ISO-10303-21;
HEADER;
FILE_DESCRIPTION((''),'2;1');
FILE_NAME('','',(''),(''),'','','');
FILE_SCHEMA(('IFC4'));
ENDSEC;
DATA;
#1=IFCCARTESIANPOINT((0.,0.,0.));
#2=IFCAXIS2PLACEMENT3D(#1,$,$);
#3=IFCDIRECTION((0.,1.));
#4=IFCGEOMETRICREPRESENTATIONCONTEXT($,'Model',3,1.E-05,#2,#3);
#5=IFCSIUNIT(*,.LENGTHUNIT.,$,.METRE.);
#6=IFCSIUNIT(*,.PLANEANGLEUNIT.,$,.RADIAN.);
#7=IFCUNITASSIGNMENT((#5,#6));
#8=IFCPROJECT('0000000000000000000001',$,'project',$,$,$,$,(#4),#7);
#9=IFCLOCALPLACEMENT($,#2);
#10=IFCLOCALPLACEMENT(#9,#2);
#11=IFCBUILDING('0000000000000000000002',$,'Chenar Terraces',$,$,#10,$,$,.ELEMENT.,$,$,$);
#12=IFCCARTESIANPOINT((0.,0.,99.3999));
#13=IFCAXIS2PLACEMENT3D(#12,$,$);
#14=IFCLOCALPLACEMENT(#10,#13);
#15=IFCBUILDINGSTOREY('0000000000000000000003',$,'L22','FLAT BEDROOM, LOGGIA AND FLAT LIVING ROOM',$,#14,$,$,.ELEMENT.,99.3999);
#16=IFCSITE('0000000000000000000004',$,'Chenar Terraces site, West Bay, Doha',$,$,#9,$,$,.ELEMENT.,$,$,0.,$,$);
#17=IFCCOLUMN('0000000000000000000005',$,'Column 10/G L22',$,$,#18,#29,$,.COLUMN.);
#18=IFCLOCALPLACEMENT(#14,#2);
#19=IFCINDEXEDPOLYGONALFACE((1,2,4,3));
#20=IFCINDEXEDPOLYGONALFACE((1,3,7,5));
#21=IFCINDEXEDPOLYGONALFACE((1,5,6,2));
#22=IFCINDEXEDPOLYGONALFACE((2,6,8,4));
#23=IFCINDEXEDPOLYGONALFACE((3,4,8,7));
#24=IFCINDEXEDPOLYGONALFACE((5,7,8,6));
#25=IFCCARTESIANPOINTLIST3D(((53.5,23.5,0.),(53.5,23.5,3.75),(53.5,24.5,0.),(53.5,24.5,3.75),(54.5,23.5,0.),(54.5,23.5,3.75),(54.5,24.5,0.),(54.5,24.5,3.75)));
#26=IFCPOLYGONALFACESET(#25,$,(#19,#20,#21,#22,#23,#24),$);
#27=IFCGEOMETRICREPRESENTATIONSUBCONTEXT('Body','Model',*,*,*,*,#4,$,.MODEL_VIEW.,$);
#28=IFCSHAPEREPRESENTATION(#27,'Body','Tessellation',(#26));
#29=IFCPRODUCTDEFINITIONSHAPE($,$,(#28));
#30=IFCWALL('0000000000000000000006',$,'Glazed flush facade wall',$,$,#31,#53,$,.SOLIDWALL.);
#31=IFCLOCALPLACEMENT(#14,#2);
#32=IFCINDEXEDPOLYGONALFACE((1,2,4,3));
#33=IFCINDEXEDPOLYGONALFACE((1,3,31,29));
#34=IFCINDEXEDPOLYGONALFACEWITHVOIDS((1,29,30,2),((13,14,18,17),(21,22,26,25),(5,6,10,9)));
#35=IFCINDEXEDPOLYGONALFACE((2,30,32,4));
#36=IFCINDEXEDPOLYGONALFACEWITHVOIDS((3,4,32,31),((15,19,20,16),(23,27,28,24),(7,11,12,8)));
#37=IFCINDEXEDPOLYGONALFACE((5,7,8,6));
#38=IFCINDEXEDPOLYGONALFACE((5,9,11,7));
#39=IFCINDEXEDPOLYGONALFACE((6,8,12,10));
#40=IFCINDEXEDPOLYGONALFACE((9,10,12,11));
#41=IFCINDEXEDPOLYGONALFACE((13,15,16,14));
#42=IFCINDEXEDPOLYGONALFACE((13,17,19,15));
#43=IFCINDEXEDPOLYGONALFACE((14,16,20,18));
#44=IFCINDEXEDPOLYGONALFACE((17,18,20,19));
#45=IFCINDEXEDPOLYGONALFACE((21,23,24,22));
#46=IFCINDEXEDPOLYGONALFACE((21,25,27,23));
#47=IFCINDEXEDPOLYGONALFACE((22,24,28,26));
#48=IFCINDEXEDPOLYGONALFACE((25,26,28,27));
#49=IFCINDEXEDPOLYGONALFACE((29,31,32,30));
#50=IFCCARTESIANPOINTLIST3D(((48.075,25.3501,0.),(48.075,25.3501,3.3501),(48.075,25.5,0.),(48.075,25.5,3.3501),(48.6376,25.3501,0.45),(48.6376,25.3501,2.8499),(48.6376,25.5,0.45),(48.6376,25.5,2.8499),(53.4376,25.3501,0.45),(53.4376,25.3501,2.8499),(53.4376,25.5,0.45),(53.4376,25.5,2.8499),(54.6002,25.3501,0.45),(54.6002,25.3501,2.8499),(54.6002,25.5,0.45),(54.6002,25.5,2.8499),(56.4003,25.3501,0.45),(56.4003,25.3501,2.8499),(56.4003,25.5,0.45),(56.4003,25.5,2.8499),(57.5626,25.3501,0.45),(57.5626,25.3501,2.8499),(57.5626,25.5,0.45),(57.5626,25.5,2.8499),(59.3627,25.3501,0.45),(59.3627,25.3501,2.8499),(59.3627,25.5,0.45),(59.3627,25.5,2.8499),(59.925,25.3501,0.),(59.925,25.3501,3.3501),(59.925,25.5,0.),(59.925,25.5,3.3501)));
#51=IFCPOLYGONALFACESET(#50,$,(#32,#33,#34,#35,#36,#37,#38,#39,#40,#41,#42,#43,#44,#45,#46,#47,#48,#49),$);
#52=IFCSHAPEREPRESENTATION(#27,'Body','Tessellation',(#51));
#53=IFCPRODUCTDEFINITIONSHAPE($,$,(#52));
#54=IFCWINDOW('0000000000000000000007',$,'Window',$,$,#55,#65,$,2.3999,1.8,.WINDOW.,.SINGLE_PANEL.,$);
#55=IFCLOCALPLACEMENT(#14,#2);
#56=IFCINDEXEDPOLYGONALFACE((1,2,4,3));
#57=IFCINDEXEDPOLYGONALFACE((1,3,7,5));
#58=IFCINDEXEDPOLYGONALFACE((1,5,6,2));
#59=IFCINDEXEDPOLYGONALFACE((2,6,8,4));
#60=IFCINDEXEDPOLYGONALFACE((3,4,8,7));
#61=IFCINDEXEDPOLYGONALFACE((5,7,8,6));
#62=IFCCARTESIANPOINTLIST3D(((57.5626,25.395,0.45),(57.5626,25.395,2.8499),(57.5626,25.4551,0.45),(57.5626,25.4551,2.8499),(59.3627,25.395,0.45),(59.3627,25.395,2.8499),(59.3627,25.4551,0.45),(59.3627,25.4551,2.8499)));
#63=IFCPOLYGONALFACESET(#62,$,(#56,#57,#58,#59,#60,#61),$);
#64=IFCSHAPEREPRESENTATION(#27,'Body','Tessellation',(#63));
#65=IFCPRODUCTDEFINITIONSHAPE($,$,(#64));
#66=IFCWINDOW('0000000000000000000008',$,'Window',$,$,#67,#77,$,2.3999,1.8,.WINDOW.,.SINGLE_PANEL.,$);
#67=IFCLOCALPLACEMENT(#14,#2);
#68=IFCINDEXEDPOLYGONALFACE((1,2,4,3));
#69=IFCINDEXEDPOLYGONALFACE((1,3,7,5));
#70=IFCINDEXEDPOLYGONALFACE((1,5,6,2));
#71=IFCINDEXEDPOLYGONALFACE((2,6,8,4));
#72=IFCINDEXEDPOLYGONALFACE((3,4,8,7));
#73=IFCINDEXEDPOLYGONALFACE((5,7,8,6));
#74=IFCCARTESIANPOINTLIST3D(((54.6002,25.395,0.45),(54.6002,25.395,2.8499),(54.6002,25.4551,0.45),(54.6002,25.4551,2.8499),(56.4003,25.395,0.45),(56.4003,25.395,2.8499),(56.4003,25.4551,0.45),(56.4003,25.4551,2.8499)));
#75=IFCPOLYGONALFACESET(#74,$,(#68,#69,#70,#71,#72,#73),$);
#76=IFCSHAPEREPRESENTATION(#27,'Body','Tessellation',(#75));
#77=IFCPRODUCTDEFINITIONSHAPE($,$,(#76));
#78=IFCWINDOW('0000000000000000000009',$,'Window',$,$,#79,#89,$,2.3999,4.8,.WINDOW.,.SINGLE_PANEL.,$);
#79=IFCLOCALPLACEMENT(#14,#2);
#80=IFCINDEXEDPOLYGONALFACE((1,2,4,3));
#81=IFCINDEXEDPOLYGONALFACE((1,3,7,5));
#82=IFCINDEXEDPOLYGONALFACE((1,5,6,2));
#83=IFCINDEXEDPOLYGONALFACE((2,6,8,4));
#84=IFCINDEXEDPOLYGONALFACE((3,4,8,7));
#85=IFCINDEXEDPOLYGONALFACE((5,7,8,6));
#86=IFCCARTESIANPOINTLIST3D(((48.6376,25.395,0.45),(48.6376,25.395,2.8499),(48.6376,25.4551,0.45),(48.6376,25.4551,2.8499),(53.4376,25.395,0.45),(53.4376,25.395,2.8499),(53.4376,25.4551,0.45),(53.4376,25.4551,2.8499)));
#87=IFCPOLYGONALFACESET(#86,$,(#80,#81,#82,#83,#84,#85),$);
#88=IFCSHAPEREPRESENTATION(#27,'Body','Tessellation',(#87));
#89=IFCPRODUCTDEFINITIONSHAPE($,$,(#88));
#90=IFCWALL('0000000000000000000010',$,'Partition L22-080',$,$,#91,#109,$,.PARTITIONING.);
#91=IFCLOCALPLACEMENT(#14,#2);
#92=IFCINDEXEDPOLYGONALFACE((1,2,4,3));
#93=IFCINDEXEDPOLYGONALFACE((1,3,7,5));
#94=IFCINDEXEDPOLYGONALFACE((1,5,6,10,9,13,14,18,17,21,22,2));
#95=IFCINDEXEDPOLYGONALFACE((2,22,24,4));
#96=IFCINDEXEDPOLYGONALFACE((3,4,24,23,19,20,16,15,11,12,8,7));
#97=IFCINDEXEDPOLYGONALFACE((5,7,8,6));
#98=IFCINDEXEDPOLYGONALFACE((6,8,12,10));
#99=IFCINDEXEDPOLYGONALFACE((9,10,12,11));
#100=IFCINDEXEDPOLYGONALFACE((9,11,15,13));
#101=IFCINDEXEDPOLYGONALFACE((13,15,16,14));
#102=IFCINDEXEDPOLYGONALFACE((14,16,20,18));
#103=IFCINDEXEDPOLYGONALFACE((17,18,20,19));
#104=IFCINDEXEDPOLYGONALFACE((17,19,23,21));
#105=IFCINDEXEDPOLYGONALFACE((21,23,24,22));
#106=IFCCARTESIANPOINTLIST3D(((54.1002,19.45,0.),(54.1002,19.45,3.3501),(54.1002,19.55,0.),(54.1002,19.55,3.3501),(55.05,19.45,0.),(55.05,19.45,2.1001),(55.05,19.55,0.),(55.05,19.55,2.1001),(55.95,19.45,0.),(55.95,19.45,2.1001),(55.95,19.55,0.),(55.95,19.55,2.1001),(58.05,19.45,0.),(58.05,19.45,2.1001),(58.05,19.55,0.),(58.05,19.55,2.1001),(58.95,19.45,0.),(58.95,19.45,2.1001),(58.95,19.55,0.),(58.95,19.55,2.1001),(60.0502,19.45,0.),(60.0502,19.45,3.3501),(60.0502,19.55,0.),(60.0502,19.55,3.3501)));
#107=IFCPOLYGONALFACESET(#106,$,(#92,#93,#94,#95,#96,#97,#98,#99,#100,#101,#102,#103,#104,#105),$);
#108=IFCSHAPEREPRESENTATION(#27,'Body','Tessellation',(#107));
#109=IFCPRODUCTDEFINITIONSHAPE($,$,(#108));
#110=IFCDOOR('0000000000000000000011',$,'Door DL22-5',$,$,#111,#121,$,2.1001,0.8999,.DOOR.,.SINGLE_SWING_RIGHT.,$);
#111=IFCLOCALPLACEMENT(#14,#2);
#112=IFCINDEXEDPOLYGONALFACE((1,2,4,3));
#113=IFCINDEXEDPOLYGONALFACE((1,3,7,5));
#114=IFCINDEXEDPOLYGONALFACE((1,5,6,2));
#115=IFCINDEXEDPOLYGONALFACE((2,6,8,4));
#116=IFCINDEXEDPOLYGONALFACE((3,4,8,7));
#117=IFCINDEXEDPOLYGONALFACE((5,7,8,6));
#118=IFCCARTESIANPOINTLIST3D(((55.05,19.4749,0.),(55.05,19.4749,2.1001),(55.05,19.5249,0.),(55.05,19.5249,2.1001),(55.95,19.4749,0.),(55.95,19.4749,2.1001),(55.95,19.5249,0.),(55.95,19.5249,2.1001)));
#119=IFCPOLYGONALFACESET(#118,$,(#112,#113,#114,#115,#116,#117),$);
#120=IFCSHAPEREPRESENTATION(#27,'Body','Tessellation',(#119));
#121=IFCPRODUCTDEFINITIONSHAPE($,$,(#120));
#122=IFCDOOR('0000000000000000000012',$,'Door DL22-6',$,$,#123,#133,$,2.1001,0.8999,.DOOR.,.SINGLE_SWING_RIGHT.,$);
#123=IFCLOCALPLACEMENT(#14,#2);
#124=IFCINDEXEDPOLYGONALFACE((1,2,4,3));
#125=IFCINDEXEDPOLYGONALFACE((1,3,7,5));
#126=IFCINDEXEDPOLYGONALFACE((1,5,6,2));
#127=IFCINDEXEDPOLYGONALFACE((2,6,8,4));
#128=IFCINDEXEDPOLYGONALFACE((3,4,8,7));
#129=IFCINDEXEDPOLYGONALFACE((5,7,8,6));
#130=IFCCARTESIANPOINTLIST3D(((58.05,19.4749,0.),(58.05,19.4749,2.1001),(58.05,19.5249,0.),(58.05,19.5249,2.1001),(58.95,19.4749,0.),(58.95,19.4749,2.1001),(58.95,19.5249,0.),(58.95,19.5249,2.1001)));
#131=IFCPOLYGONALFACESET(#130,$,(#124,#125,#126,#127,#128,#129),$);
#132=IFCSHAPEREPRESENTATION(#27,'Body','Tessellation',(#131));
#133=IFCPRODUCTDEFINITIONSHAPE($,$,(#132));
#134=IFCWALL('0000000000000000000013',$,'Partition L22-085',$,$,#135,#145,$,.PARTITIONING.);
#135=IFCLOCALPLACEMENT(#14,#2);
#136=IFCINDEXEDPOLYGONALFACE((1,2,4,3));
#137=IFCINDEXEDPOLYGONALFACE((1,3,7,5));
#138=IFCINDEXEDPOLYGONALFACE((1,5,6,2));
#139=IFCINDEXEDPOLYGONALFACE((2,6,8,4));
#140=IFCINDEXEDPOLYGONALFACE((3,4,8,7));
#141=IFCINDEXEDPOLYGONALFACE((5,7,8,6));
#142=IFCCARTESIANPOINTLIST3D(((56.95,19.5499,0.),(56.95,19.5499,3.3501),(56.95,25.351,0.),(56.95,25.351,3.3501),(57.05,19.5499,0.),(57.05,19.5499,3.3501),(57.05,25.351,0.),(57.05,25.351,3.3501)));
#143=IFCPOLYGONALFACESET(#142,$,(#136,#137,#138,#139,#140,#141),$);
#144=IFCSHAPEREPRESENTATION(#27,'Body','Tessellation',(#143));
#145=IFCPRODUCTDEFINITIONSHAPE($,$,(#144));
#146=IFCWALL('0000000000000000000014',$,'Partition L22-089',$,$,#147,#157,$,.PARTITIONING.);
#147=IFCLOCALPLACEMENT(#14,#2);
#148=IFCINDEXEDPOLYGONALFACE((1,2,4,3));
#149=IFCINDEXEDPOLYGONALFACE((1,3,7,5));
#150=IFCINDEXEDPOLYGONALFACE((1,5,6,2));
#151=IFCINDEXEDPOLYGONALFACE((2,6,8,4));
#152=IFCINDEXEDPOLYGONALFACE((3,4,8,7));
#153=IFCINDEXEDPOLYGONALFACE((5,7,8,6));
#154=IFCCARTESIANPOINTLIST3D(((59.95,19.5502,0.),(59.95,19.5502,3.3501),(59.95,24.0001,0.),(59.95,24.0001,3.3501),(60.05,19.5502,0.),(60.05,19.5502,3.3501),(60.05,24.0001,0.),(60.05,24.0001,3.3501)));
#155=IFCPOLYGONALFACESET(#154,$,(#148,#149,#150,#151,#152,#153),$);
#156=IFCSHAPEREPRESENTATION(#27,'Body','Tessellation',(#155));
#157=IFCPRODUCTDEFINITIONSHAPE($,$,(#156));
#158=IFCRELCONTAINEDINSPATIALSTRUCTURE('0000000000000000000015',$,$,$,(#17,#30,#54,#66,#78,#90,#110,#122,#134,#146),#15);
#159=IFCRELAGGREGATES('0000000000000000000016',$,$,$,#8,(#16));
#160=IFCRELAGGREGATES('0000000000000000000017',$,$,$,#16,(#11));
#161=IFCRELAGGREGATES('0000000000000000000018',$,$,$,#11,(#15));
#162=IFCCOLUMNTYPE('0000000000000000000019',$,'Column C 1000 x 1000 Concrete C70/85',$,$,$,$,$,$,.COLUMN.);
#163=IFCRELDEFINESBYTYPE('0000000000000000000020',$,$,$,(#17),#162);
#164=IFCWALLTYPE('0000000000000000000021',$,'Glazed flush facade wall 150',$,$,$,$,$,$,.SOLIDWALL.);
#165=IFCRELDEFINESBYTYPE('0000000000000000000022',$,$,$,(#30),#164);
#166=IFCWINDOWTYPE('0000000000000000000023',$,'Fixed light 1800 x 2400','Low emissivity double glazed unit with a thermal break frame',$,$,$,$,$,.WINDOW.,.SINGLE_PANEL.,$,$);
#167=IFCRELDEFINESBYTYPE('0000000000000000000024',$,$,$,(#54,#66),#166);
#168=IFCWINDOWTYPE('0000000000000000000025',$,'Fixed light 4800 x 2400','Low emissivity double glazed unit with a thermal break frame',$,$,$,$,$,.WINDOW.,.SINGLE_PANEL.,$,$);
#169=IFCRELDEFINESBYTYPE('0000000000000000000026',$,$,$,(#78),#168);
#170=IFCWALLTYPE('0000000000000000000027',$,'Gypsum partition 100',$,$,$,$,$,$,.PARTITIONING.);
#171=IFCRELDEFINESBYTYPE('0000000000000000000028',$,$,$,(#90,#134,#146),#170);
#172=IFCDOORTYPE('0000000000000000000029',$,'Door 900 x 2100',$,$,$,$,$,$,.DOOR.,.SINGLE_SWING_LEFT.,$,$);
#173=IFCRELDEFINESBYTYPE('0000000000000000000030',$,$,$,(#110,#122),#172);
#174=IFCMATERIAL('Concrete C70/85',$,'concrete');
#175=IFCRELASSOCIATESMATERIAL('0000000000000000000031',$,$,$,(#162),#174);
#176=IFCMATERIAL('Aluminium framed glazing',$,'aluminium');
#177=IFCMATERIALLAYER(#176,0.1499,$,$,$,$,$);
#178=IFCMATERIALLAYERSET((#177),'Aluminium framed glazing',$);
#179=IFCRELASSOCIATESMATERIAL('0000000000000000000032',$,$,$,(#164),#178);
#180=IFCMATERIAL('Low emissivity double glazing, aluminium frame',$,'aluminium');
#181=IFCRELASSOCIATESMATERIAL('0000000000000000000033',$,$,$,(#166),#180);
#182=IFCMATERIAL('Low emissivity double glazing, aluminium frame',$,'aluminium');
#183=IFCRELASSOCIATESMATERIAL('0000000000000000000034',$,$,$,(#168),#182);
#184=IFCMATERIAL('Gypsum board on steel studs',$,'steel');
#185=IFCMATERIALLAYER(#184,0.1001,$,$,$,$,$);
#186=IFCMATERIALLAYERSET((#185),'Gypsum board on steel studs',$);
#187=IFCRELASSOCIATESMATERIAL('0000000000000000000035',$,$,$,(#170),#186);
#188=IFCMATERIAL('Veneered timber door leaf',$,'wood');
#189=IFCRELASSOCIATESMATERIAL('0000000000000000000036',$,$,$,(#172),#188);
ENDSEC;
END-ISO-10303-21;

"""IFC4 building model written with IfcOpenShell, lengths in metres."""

from ifc_helpers import new_model, si_unit, direction, frame, frame_2d, origin, origin_2d, place, context, subcontext, project, spatial, rectangle, extrude, material, layer, layer_set, material_profile, profile_set, type_object, element, fill, save


model = new_model("IFC4")

# Units and contexts
model_context = context("Model", 3, precision=1e-05, world=origin(), true_north=direction((0.0, 1.0)))
body_context = subcontext(model_context, "Body", "Model", "MODEL_VIEW")
ifc_project = project(units=[si_unit("LENGTHUNIT", "METRE"), si_unit("PLANEANGLEUNIT", "RADIAN")], contexts=[model_context])

# Site, building, storey
site_placement = place(None, origin())
site = spatial("IfcSite", under=ifc_project, at=site_placement, Name="Chenar Terraces site, West Bay, Doha", CompositionType="ELEMENT", RefElevation=0.0)
building_placement = place(site_placement, origin())
building = spatial("IfcBuilding", under=site, at=building_placement, Name="Chenar Terraces", CompositionType="ELEMENT")
storey_placement = place(building_placement, frame((0.0, 0.0, 99.3999)))
storey = spatial("IfcBuildingStorey", under=building, at=storey_placement, Name="L22", Description="FLAT BEDROOM, LOGGIA AND FLAT LIVING ROOM", CompositionType="ELEMENT", Elevation=99.3999)

# Column
ifc_material_1 = material(Name="Concrete C70/85", Category="concrete")
ifc_material_profile_1 = material_profile(ifc_material_1, rectangle(XDim=1.0, YDim=1.0, at=origin_2d()), Name="C 1000 x 1000")
ifc_profile_set_1 = profile_set([ifc_material_profile_1], Name="Concrete C70/85")
column_type = type_object("IfcColumnType", Name="Column C 1000 x 1000 Concrete C70/85", PredefinedType="COLUMN", material=ifc_profile_set_1)
column_placement = place(storey_placement, frame((54.0, 24.0, 0.0), z_axis=(0.0, 0.0, 1.0), x_axis=(1.0, 0.0, 0.0)))
element("IfcColumn", 1, at=column_placement, inside=storey, type_object=column_type, Name="Column 10/G L22", PredefinedType="COLUMN", context=body_context, shape_type="SweptSolid", body=[
    extrude(rectangle(XDim=1.0, YDim=1.0, at=origin_2d()), origin(), (0.0, 0.0, 1.0), 3.75),
])

# Wall, openings, windows
ifc_material_2 = material(Name="Aluminium framed glazing", Category="aluminium")
ifc_layer_1 = layer(ifc_material_2, 0.1499)
ifc_layer_set_1 = layer_set([ifc_layer_1], Name="Aluminium framed glazing")
wall_type_1 = type_object("IfcWallType", Name="Glazed flush facade wall 150", PredefinedType="SOLIDWALL", material=ifc_layer_set_1)
wall_1_placement = place(storey_placement, frame((59.925, 25.425, 0.0), z_axis=(0.0, 0.0, 1.0), x_axis=(-1.0, 0.0, 0.0)))
wall_1 = element("IfcWall", 2, at=wall_1_placement, inside=storey, type_object=wall_type_1, Name="Glazed flush facade wall", PredefinedType="SOLIDWALL", context=body_context, shape_type="SweptSolid", body=[
    extrude(rectangle(XDim=11.8501, YDim=0.1499, at=frame_2d((5.925, 0.0))), origin(), (0.0, 0.0, 1.0), 3.3501),
])
opening_1_placement = place(wall_1_placement, frame((0.5625, 0.0, 0.45)))
opening_1 = element("IfcOpeningElement", 3, at=opening_1_placement, cuts=wall_1, PredefinedType="OPENING", context=body_context, shape_type="SweptSolid", body=[
    extrude(rectangle(XDim=1.8, YDim=2.3999, at=frame_2d((0.8999, 1.2))), frame((0.0, 0.085, 0.0), z_axis=(0.0, -1.0, 0.0), x_axis=(1.0, 0.0, 0.0)), (0.0, 0.0, 1.0), 0.1699),
])
opening_2_placement = place(wall_1_placement, frame((3.5249, 0.0, 0.45)))
opening_2 = element("IfcOpeningElement", 4, at=opening_2_placement, cuts=wall_1, PredefinedType="OPENING", context=body_context, shape_type="SweptSolid", body=[
    extrude(rectangle(XDim=1.8, YDim=2.3999, at=frame_2d((0.8999, 1.2))), frame((0.0, 0.085, 0.0), z_axis=(0.0, -1.0, 0.0), x_axis=(1.0, 0.0, 0.0)), (0.0, 0.0, 1.0), 0.1699),
])
opening_3_placement = place(wall_1_placement, frame((6.4875, 0.0, 0.45)))
opening_3 = element("IfcOpeningElement", 5, at=opening_3_placement, cuts=wall_1, PredefinedType="OPENING", context=body_context, shape_type="SweptSolid", body=[
    extrude(rectangle(XDim=4.8, YDim=2.3999, at=frame_2d((2.3999, 1.2))), frame((0.0, 0.085, 0.0), z_axis=(0.0, -1.0, 0.0), x_axis=(1.0, 0.0, 0.0)), (0.0, 0.0, 1.0), 0.1699),
])
ifc_material_3 = material(Name="Low emissivity double glazing, aluminium frame", Category="aluminium")
window_type_1 = type_object("IfcWindowType", Name="Fixed light 1800 x 2400", Description="Low emissivity double glazed unit with a thermal break frame", PartitioningType="SINGLE_PANEL", PredefinedType="WINDOW", material=ifc_material_3)
window_1_placement = place(opening_1_placement, origin())
window_1 = element("IfcWindow", 6, at=window_1_placement, inside=storey, type_object=window_type_1, Name="Window", OverallHeight=2.3999, OverallWidth=1.8, PartitioningType="SINGLE_PANEL", PredefinedType="WINDOW", context=body_context, shape_type="SweptSolid", body=[
    extrude(rectangle(XDim=1.8, YDim=2.3999, at=frame_2d((0.8999, 1.2))), frame((0.0, 0.03, 0.0), z_axis=(0.0, -1.0, 0.0), x_axis=(1.0, 0.0, 0.0)), (0.0, 0.0, 1.0), 0.0601),
])
fill(opening_1, window_1)
window_2_placement = place(opening_2_placement, origin())
window_2 = element("IfcWindow", 7, at=window_2_placement, inside=storey, type_object=window_type_1, Name="Window", OverallHeight=2.3999, OverallWidth=1.8, PartitioningType="SINGLE_PANEL", PredefinedType="WINDOW", context=body_context, shape_type="SweptSolid", body=[
    extrude(rectangle(XDim=1.8, YDim=2.3999, at=frame_2d((0.8999, 1.2))), frame((0.0, 0.03, 0.0), z_axis=(0.0, -1.0, 0.0), x_axis=(1.0, 0.0, 0.0)), (0.0, 0.0, 1.0), 0.0601),
])
fill(opening_2, window_2)
ifc_material_4 = material(Name="Low emissivity double glazing, aluminium frame", Category="aluminium")
window_type_2 = type_object("IfcWindowType", Name="Fixed light 4800 x 2400", Description="Low emissivity double glazed unit with a thermal break frame", PartitioningType="SINGLE_PANEL", PredefinedType="WINDOW", material=ifc_material_4)
window_3_placement = place(opening_3_placement, origin())
window_3 = element("IfcWindow", 8, at=window_3_placement, inside=storey, type_object=window_type_2, Name="Window", OverallHeight=2.3999, OverallWidth=4.8, PartitioningType="SINGLE_PANEL", PredefinedType="WINDOW", context=body_context, shape_type="SweptSolid", body=[
    extrude(rectangle(XDim=4.8, YDim=2.3999, at=frame_2d((2.3999, 1.2))), frame((0.0, 0.03, 0.0), z_axis=(0.0, -1.0, 0.0), x_axis=(1.0, 0.0, 0.0)), (0.0, 0.0, 1.0), 0.0601),
])
fill(opening_3, window_3)

# Wall, openings, doors
ifc_material_5 = material(Name="Gypsum board on steel studs", Category="steel")
ifc_layer_2 = layer(ifc_material_5, 0.1001)
ifc_layer_set_2 = layer_set([ifc_layer_2], Name="Gypsum board on steel studs")
wall_type_2 = type_object("IfcWallType", Name="Gypsum partition 100", PredefinedType="PARTITIONING", material=ifc_layer_set_2)
wall_2_placement = place(storey_placement, frame((54.1001, 19.5, 0.0), z_axis=(0.0, 0.0, 1.0), x_axis=(1.0, 0.0, 0.0)))
wall_2 = element("IfcWall", 9, at=wall_2_placement, inside=storey, type_object=wall_type_2, Name="Partition L22-080", PredefinedType="PARTITIONING", context=body_context, shape_type="SweptSolid", body=[
    extrude(rectangle(XDim=5.95, YDim=0.1001, at=frame_2d((2.9751, 0.0))), origin(), (0.0, 0.0, 1.0), 3.3501),
])
opening_4_placement = place(wall_2_placement, frame((0.95, 0.0, 0.0)))
opening_4 = element("IfcOpeningElement", 10, at=opening_4_placement, cuts=wall_2, PredefinedType="OPENING", context=body_context, shape_type="SweptSolid", body=[
    extrude(rectangle(XDim=0.8999, YDim=2.1001, at=frame_2d((0.45, 1.05))), frame((0.0, 0.0601, 0.0), z_axis=(0.0, -1.0, 0.0), x_axis=(1.0, 0.0, 0.0)), (0.0, 0.0, 1.0), 0.1201),
])
opening_5_placement = place(wall_2_placement, frame((3.95, 0.0, 0.0)))
opening_5 = element("IfcOpeningElement", 11, at=opening_5_placement, cuts=wall_2, PredefinedType="OPENING", context=body_context, shape_type="SweptSolid", body=[
    extrude(rectangle(XDim=0.8999, YDim=2.1001, at=frame_2d((0.45, 1.05))), frame((0.0, 0.0601, 0.0), z_axis=(0.0, -1.0, 0.0), x_axis=(1.0, 0.0, 0.0)), (0.0, 0.0, 1.0), 0.1201),
])
ifc_material_6 = material(Name="Veneered timber door leaf", Category="wood")
door_type_1 = type_object("IfcDoorType", Name="Door 900 x 2100", OperationType="SINGLE_SWING_LEFT", PredefinedType="DOOR", material=ifc_material_6)
door_1_placement = place(opening_4_placement, origin())
door_1 = element("IfcDoor", 12, at=door_1_placement, inside=storey, type_object=door_type_1, Name="Door DL22-5", OperationType="SINGLE_SWING_RIGHT", OverallHeight=2.1001, OverallWidth=0.8999, PredefinedType="DOOR", context=body_context, shape_type="SweptSolid", body=[
    extrude(rectangle(XDim=0.8999, YDim=2.1001, at=frame_2d((0.45, 1.05))), frame((0.0, 0.0249, 0.0), z_axis=(0.0, -1.0, 0.0), x_axis=(1.0, 0.0, 0.0)), (0.0, 0.0, 1.0), 0.05),
])
fill(opening_4, door_1)
door_2_placement = place(opening_5_placement, origin())
door_2 = element("IfcDoor", 13, at=door_2_placement, inside=storey, type_object=door_type_1, Name="Door DL22-6", OperationType="SINGLE_SWING_RIGHT", OverallHeight=2.1001, OverallWidth=0.8999, PredefinedType="DOOR", context=body_context, shape_type="SweptSolid", body=[
    extrude(rectangle(XDim=0.8999, YDim=2.1001, at=frame_2d((0.45, 1.05))), frame((0.0, 0.0249, 0.0), z_axis=(0.0, -1.0, 0.0), x_axis=(1.0, 0.0, 0.0)), (0.0, 0.0, 1.0), 0.05),
])
fill(opening_5, door_2)

# Walls
wall_3_placement = place(storey_placement, frame((57.0, 19.55, 0.0), z_axis=(0.0, 0.0, 1.0), x_axis=(0.0, 1.0, 0.0)))
element("IfcWall", 14, at=wall_3_placement, inside=storey, type_object=wall_type_2, Name="Partition L22-085", PredefinedType="PARTITIONING", context=body_context, shape_type="SweptSolid", body=[
    extrude(rectangle(XDim=5.801, YDim=0.1001, at=frame_2d((2.9004, 0.0))), origin(), (0.0, 0.0, 1.0), 3.3501),
])
wall_4_placement = place(storey_placement, frame((60.0, 19.55, 0.0), z_axis=(0.0, 0.0, 1.0), x_axis=(0.0, 1.0, 0.0)))
element("IfcWall", 15, at=wall_4_placement, inside=storey, type_object=wall_type_2, Name="Partition L22-089", PredefinedType="PARTITIONING", context=body_context, shape_type="SweptSolid", body=[
    extrude(rectangle(XDim=4.45, YDim=0.1001, at=frame_2d((2.2251, 0.0))), origin(), (0.0, 0.0, 1.0), 3.3501),
])

save(model, "model.ifc")
